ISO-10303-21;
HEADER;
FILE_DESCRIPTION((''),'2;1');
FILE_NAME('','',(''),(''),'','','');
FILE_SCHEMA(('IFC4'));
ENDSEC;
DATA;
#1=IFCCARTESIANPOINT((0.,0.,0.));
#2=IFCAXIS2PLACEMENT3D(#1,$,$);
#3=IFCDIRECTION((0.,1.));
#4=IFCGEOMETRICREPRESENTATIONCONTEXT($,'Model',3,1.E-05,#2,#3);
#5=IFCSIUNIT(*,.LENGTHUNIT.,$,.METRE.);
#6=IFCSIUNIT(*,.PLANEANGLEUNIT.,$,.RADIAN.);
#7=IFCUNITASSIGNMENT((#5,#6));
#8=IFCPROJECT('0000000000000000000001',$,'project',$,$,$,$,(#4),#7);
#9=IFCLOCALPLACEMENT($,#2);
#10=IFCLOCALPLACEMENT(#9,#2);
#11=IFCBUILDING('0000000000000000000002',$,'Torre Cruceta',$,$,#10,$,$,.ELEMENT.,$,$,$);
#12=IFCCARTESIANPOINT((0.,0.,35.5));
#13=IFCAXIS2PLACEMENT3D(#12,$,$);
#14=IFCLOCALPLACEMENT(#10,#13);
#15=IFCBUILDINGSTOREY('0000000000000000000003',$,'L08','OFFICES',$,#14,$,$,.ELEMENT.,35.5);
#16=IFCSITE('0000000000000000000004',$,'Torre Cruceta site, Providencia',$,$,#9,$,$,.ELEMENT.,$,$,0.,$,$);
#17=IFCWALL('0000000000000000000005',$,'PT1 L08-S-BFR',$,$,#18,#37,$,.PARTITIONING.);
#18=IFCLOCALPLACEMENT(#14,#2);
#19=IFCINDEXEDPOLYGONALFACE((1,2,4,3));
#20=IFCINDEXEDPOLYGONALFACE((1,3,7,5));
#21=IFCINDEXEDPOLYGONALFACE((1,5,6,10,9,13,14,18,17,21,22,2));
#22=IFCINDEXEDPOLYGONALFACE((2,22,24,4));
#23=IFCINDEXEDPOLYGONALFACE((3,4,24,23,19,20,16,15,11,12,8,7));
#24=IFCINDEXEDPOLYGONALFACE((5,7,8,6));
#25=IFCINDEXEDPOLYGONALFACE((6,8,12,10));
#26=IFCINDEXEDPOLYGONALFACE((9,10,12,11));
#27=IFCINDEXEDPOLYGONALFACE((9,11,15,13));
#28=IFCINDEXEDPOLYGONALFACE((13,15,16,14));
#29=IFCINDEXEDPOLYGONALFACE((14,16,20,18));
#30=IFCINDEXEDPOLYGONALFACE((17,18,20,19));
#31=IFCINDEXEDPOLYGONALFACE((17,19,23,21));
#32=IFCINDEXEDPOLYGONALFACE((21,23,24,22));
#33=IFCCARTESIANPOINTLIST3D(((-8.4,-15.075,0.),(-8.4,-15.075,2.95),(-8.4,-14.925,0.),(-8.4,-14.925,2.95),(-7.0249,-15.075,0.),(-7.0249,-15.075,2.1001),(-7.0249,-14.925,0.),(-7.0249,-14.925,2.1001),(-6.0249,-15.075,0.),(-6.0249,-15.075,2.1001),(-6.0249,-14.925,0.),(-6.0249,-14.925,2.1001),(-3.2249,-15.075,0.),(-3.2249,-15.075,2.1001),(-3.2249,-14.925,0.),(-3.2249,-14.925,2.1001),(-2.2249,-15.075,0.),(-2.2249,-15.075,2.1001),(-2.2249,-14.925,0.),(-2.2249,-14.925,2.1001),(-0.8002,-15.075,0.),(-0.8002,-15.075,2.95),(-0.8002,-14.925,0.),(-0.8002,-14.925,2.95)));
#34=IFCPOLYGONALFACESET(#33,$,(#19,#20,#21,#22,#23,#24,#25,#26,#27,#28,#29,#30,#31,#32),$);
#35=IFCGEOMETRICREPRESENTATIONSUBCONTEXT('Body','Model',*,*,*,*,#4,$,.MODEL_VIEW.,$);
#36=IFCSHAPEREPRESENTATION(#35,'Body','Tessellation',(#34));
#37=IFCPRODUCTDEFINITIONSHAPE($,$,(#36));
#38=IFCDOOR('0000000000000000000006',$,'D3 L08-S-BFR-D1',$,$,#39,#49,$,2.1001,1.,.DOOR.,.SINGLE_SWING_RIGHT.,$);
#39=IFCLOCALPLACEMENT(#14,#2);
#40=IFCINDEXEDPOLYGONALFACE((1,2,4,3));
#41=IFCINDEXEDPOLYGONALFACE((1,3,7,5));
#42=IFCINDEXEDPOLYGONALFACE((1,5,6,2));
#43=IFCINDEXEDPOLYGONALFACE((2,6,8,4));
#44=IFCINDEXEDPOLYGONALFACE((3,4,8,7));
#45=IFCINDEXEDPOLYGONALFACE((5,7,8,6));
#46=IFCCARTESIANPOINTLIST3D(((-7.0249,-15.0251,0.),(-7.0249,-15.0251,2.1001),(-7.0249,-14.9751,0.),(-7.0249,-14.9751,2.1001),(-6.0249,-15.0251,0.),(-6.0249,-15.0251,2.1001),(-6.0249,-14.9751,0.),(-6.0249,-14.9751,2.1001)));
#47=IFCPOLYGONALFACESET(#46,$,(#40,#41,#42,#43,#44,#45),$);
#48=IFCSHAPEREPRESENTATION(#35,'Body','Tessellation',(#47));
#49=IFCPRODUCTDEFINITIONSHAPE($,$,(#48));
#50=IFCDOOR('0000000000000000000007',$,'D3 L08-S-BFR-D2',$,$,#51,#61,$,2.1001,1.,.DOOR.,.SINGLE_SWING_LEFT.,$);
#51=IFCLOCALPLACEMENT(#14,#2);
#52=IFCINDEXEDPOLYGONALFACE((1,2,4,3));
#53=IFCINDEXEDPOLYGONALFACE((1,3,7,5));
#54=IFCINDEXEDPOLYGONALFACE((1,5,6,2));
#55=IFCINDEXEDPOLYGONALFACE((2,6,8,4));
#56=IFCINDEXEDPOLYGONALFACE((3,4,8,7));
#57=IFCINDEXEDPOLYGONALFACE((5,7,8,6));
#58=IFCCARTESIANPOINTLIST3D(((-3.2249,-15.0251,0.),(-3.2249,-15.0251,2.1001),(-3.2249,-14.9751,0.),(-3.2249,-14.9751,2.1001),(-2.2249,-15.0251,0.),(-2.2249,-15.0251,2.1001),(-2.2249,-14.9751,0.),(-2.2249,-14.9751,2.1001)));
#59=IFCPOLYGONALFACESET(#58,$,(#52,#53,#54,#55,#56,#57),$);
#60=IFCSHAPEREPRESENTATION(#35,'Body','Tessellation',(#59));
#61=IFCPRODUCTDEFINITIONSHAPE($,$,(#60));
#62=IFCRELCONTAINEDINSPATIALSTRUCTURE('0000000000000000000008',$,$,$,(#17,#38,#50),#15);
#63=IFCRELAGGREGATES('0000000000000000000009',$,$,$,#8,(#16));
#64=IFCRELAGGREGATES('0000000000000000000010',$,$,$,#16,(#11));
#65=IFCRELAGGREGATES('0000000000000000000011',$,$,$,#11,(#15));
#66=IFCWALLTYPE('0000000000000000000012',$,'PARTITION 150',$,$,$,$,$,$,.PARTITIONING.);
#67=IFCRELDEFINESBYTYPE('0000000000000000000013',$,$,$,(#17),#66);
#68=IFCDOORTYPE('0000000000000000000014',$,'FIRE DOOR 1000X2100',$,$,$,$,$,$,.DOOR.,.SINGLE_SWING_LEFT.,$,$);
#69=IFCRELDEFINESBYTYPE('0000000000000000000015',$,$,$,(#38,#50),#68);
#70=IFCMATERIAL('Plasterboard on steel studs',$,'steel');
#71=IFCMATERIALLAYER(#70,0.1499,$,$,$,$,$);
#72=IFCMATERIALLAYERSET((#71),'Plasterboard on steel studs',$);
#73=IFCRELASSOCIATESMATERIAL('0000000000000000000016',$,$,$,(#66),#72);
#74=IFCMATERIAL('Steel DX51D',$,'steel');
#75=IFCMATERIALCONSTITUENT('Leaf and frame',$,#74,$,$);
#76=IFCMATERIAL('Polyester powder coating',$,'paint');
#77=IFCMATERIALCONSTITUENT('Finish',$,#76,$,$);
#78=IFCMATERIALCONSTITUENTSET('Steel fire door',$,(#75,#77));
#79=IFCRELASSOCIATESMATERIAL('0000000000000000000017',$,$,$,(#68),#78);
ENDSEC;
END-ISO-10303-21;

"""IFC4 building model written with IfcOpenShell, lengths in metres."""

from ifc_helpers import new_model, si_unit, direction, frame, frame_2d, origin, place, context, subcontext, project, spatial, rectangle, extrude, material, layer, layer_set, constituent, constituent_set, type_object, element, fill, save


model = new_model("IFC4")

# Units and contexts
model_context = context("Model", 3, precision=1e-05, world=origin(), true_north=direction((0.0, 1.0)))
body_context = subcontext(model_context, "Body", "Model", "MODEL_VIEW")
ifc_project = project(units=[si_unit("LENGTHUNIT", "METRE"), si_unit("PLANEANGLEUNIT", "RADIAN")], contexts=[model_context])

# Site, building, storey
site_placement = place(None, origin())
site = spatial("IfcSite", under=ifc_project, at=site_placement, Name="Torre Cruceta site, Providencia", CompositionType="ELEMENT", RefElevation=0.0)
building_placement = place(site_placement, origin())
building = spatial("IfcBuilding", under=site, at=building_placement, Name="Torre Cruceta", CompositionType="ELEMENT")
storey_placement = place(building_placement, frame((0.0, 0.0, 35.5)))
storey = spatial("IfcBuildingStorey", under=building, at=storey_placement, Name="L08", Description="OFFICES", CompositionType="ELEMENT", Elevation=35.5)

# Wall, openings, doors
ifc_material_1 = material(Name="Plasterboard on steel studs", Category="steel")
ifc_layer_1 = layer(ifc_material_1, 0.1499)
ifc_layer_set_1 = layer_set([ifc_layer_1], Name="Plasterboard on steel studs")
wall_type_1 = type_object("IfcWallType", Name="PARTITION 150", PredefinedType="PARTITIONING", material=ifc_layer_set_1)
wall_1_placement = place(storey_placement, frame((-8.3999, -15.0, 0.0), z_axis=(0.0, 0.0, 1.0), x_axis=(1.0, 0.0, 0.0)))
wall_1 = element("IfcWall", 1, at=wall_1_placement, inside=storey, type_object=wall_type_1, Name="PT1 L08-S-BFR", PredefinedType="PARTITIONING", context=body_context, shape_type="SweptSolid", body=[
    extrude(rectangle(XDim=7.5999, YDim=0.1499, at=frame_2d((3.7998, 0.0))), origin(), (0.0, 0.0, 1.0), 2.95),
])
opening_1_placement = place(wall_1_placement, frame((1.375, 0.0, 0.0)))
opening_1 = element("IfcOpeningElement", 2, at=opening_1_placement, cuts=wall_1, PredefinedType="OPENING", context=body_context, shape_type="SweptSolid", body=[
    extrude(rectangle(XDim=1.0, YDim=2.1001, at=frame_2d((0.5, 1.05))), frame((0.0, 0.085, 0.0), z_axis=(0.0, -1.0, 0.0), x_axis=(1.0, 0.0, 0.0)), (0.0, 0.0, 1.0), 0.1699),
])
opening_2_placement = place(wall_1_placement, frame((5.175, 0.0, 0.0)))
opening_2 = element("IfcOpeningElement", 3, at=opening_2_placement, cuts=wall_1, PredefinedType="OPENING", context=body_context, shape_type="SweptSolid", body=[
    extrude(rectangle(XDim=1.0, YDim=2.1001, at=frame_2d((0.5, 1.05))), frame((0.0, 0.085, 0.0), z_axis=(0.0, -1.0, 0.0), x_axis=(1.0, 0.0, 0.0)), (0.0, 0.0, 1.0), 0.1699),
])
ifc_material_2 = material(Name="Steel DX51D", Category="steel")
ifc_constituent_1 = constituent(ifc_material_2, Name="Leaf and frame")
ifc_material_3 = material(Name="Polyester powder coating", Category="paint")
ifc_constituent_2 = constituent(ifc_material_3, Name="Finish")
ifc_constituent_set_1 = constituent_set(constituents=[ifc_constituent_1, ifc_constituent_2], Name="Steel fire door")
door_type = type_object("IfcDoorType", Name="FIRE DOOR 1000X2100", OperationType="SINGLE_SWING_LEFT", PredefinedType="DOOR", material=ifc_constituent_set_1)
door_1_placement = place(opening_1_placement, origin())
door_1 = element("IfcDoor", 4, at=door_1_placement, inside=storey, type_object=door_type, Name="D3 L08-S-BFR-D1", OperationType="SINGLE_SWING_RIGHT", OverallHeight=2.1001, OverallWidth=1.0, PredefinedType="DOOR", context=body_context, shape_type="SweptSolid", body=[
    extrude(rectangle(XDim=1.0, YDim=2.1001, at=frame_2d((0.5, 1.05))), frame((0.0, 0.0249, 0.0), z_axis=(0.0, -1.0, 0.0), x_axis=(1.0, 0.0, 0.0)), (0.0, 0.0, 1.0), 0.05),
])
fill(opening_1, door_1)
door_2_placement = place(opening_2_placement, origin())
door_2 = element("IfcDoor", 5, at=door_2_placement, inside=storey, type_object=door_type, Name="D3 L08-S-BFR-D2", OperationType="SINGLE_SWING_LEFT", OverallHeight=2.1001, OverallWidth=1.0, PredefinedType="DOOR", context=body_context, shape_type="SweptSolid", body=[
    extrude(rectangle(XDim=1.0, YDim=2.1001, at=frame_2d((0.5, 1.05))), frame((0.0, 0.0249, 0.0), z_axis=(0.0, -1.0, 0.0), x_axis=(1.0, 0.0, 0.0)), (0.0, 0.0, 1.0), 0.05),
])
fill(opening_2, door_2)

save(model, "model.ifc")
